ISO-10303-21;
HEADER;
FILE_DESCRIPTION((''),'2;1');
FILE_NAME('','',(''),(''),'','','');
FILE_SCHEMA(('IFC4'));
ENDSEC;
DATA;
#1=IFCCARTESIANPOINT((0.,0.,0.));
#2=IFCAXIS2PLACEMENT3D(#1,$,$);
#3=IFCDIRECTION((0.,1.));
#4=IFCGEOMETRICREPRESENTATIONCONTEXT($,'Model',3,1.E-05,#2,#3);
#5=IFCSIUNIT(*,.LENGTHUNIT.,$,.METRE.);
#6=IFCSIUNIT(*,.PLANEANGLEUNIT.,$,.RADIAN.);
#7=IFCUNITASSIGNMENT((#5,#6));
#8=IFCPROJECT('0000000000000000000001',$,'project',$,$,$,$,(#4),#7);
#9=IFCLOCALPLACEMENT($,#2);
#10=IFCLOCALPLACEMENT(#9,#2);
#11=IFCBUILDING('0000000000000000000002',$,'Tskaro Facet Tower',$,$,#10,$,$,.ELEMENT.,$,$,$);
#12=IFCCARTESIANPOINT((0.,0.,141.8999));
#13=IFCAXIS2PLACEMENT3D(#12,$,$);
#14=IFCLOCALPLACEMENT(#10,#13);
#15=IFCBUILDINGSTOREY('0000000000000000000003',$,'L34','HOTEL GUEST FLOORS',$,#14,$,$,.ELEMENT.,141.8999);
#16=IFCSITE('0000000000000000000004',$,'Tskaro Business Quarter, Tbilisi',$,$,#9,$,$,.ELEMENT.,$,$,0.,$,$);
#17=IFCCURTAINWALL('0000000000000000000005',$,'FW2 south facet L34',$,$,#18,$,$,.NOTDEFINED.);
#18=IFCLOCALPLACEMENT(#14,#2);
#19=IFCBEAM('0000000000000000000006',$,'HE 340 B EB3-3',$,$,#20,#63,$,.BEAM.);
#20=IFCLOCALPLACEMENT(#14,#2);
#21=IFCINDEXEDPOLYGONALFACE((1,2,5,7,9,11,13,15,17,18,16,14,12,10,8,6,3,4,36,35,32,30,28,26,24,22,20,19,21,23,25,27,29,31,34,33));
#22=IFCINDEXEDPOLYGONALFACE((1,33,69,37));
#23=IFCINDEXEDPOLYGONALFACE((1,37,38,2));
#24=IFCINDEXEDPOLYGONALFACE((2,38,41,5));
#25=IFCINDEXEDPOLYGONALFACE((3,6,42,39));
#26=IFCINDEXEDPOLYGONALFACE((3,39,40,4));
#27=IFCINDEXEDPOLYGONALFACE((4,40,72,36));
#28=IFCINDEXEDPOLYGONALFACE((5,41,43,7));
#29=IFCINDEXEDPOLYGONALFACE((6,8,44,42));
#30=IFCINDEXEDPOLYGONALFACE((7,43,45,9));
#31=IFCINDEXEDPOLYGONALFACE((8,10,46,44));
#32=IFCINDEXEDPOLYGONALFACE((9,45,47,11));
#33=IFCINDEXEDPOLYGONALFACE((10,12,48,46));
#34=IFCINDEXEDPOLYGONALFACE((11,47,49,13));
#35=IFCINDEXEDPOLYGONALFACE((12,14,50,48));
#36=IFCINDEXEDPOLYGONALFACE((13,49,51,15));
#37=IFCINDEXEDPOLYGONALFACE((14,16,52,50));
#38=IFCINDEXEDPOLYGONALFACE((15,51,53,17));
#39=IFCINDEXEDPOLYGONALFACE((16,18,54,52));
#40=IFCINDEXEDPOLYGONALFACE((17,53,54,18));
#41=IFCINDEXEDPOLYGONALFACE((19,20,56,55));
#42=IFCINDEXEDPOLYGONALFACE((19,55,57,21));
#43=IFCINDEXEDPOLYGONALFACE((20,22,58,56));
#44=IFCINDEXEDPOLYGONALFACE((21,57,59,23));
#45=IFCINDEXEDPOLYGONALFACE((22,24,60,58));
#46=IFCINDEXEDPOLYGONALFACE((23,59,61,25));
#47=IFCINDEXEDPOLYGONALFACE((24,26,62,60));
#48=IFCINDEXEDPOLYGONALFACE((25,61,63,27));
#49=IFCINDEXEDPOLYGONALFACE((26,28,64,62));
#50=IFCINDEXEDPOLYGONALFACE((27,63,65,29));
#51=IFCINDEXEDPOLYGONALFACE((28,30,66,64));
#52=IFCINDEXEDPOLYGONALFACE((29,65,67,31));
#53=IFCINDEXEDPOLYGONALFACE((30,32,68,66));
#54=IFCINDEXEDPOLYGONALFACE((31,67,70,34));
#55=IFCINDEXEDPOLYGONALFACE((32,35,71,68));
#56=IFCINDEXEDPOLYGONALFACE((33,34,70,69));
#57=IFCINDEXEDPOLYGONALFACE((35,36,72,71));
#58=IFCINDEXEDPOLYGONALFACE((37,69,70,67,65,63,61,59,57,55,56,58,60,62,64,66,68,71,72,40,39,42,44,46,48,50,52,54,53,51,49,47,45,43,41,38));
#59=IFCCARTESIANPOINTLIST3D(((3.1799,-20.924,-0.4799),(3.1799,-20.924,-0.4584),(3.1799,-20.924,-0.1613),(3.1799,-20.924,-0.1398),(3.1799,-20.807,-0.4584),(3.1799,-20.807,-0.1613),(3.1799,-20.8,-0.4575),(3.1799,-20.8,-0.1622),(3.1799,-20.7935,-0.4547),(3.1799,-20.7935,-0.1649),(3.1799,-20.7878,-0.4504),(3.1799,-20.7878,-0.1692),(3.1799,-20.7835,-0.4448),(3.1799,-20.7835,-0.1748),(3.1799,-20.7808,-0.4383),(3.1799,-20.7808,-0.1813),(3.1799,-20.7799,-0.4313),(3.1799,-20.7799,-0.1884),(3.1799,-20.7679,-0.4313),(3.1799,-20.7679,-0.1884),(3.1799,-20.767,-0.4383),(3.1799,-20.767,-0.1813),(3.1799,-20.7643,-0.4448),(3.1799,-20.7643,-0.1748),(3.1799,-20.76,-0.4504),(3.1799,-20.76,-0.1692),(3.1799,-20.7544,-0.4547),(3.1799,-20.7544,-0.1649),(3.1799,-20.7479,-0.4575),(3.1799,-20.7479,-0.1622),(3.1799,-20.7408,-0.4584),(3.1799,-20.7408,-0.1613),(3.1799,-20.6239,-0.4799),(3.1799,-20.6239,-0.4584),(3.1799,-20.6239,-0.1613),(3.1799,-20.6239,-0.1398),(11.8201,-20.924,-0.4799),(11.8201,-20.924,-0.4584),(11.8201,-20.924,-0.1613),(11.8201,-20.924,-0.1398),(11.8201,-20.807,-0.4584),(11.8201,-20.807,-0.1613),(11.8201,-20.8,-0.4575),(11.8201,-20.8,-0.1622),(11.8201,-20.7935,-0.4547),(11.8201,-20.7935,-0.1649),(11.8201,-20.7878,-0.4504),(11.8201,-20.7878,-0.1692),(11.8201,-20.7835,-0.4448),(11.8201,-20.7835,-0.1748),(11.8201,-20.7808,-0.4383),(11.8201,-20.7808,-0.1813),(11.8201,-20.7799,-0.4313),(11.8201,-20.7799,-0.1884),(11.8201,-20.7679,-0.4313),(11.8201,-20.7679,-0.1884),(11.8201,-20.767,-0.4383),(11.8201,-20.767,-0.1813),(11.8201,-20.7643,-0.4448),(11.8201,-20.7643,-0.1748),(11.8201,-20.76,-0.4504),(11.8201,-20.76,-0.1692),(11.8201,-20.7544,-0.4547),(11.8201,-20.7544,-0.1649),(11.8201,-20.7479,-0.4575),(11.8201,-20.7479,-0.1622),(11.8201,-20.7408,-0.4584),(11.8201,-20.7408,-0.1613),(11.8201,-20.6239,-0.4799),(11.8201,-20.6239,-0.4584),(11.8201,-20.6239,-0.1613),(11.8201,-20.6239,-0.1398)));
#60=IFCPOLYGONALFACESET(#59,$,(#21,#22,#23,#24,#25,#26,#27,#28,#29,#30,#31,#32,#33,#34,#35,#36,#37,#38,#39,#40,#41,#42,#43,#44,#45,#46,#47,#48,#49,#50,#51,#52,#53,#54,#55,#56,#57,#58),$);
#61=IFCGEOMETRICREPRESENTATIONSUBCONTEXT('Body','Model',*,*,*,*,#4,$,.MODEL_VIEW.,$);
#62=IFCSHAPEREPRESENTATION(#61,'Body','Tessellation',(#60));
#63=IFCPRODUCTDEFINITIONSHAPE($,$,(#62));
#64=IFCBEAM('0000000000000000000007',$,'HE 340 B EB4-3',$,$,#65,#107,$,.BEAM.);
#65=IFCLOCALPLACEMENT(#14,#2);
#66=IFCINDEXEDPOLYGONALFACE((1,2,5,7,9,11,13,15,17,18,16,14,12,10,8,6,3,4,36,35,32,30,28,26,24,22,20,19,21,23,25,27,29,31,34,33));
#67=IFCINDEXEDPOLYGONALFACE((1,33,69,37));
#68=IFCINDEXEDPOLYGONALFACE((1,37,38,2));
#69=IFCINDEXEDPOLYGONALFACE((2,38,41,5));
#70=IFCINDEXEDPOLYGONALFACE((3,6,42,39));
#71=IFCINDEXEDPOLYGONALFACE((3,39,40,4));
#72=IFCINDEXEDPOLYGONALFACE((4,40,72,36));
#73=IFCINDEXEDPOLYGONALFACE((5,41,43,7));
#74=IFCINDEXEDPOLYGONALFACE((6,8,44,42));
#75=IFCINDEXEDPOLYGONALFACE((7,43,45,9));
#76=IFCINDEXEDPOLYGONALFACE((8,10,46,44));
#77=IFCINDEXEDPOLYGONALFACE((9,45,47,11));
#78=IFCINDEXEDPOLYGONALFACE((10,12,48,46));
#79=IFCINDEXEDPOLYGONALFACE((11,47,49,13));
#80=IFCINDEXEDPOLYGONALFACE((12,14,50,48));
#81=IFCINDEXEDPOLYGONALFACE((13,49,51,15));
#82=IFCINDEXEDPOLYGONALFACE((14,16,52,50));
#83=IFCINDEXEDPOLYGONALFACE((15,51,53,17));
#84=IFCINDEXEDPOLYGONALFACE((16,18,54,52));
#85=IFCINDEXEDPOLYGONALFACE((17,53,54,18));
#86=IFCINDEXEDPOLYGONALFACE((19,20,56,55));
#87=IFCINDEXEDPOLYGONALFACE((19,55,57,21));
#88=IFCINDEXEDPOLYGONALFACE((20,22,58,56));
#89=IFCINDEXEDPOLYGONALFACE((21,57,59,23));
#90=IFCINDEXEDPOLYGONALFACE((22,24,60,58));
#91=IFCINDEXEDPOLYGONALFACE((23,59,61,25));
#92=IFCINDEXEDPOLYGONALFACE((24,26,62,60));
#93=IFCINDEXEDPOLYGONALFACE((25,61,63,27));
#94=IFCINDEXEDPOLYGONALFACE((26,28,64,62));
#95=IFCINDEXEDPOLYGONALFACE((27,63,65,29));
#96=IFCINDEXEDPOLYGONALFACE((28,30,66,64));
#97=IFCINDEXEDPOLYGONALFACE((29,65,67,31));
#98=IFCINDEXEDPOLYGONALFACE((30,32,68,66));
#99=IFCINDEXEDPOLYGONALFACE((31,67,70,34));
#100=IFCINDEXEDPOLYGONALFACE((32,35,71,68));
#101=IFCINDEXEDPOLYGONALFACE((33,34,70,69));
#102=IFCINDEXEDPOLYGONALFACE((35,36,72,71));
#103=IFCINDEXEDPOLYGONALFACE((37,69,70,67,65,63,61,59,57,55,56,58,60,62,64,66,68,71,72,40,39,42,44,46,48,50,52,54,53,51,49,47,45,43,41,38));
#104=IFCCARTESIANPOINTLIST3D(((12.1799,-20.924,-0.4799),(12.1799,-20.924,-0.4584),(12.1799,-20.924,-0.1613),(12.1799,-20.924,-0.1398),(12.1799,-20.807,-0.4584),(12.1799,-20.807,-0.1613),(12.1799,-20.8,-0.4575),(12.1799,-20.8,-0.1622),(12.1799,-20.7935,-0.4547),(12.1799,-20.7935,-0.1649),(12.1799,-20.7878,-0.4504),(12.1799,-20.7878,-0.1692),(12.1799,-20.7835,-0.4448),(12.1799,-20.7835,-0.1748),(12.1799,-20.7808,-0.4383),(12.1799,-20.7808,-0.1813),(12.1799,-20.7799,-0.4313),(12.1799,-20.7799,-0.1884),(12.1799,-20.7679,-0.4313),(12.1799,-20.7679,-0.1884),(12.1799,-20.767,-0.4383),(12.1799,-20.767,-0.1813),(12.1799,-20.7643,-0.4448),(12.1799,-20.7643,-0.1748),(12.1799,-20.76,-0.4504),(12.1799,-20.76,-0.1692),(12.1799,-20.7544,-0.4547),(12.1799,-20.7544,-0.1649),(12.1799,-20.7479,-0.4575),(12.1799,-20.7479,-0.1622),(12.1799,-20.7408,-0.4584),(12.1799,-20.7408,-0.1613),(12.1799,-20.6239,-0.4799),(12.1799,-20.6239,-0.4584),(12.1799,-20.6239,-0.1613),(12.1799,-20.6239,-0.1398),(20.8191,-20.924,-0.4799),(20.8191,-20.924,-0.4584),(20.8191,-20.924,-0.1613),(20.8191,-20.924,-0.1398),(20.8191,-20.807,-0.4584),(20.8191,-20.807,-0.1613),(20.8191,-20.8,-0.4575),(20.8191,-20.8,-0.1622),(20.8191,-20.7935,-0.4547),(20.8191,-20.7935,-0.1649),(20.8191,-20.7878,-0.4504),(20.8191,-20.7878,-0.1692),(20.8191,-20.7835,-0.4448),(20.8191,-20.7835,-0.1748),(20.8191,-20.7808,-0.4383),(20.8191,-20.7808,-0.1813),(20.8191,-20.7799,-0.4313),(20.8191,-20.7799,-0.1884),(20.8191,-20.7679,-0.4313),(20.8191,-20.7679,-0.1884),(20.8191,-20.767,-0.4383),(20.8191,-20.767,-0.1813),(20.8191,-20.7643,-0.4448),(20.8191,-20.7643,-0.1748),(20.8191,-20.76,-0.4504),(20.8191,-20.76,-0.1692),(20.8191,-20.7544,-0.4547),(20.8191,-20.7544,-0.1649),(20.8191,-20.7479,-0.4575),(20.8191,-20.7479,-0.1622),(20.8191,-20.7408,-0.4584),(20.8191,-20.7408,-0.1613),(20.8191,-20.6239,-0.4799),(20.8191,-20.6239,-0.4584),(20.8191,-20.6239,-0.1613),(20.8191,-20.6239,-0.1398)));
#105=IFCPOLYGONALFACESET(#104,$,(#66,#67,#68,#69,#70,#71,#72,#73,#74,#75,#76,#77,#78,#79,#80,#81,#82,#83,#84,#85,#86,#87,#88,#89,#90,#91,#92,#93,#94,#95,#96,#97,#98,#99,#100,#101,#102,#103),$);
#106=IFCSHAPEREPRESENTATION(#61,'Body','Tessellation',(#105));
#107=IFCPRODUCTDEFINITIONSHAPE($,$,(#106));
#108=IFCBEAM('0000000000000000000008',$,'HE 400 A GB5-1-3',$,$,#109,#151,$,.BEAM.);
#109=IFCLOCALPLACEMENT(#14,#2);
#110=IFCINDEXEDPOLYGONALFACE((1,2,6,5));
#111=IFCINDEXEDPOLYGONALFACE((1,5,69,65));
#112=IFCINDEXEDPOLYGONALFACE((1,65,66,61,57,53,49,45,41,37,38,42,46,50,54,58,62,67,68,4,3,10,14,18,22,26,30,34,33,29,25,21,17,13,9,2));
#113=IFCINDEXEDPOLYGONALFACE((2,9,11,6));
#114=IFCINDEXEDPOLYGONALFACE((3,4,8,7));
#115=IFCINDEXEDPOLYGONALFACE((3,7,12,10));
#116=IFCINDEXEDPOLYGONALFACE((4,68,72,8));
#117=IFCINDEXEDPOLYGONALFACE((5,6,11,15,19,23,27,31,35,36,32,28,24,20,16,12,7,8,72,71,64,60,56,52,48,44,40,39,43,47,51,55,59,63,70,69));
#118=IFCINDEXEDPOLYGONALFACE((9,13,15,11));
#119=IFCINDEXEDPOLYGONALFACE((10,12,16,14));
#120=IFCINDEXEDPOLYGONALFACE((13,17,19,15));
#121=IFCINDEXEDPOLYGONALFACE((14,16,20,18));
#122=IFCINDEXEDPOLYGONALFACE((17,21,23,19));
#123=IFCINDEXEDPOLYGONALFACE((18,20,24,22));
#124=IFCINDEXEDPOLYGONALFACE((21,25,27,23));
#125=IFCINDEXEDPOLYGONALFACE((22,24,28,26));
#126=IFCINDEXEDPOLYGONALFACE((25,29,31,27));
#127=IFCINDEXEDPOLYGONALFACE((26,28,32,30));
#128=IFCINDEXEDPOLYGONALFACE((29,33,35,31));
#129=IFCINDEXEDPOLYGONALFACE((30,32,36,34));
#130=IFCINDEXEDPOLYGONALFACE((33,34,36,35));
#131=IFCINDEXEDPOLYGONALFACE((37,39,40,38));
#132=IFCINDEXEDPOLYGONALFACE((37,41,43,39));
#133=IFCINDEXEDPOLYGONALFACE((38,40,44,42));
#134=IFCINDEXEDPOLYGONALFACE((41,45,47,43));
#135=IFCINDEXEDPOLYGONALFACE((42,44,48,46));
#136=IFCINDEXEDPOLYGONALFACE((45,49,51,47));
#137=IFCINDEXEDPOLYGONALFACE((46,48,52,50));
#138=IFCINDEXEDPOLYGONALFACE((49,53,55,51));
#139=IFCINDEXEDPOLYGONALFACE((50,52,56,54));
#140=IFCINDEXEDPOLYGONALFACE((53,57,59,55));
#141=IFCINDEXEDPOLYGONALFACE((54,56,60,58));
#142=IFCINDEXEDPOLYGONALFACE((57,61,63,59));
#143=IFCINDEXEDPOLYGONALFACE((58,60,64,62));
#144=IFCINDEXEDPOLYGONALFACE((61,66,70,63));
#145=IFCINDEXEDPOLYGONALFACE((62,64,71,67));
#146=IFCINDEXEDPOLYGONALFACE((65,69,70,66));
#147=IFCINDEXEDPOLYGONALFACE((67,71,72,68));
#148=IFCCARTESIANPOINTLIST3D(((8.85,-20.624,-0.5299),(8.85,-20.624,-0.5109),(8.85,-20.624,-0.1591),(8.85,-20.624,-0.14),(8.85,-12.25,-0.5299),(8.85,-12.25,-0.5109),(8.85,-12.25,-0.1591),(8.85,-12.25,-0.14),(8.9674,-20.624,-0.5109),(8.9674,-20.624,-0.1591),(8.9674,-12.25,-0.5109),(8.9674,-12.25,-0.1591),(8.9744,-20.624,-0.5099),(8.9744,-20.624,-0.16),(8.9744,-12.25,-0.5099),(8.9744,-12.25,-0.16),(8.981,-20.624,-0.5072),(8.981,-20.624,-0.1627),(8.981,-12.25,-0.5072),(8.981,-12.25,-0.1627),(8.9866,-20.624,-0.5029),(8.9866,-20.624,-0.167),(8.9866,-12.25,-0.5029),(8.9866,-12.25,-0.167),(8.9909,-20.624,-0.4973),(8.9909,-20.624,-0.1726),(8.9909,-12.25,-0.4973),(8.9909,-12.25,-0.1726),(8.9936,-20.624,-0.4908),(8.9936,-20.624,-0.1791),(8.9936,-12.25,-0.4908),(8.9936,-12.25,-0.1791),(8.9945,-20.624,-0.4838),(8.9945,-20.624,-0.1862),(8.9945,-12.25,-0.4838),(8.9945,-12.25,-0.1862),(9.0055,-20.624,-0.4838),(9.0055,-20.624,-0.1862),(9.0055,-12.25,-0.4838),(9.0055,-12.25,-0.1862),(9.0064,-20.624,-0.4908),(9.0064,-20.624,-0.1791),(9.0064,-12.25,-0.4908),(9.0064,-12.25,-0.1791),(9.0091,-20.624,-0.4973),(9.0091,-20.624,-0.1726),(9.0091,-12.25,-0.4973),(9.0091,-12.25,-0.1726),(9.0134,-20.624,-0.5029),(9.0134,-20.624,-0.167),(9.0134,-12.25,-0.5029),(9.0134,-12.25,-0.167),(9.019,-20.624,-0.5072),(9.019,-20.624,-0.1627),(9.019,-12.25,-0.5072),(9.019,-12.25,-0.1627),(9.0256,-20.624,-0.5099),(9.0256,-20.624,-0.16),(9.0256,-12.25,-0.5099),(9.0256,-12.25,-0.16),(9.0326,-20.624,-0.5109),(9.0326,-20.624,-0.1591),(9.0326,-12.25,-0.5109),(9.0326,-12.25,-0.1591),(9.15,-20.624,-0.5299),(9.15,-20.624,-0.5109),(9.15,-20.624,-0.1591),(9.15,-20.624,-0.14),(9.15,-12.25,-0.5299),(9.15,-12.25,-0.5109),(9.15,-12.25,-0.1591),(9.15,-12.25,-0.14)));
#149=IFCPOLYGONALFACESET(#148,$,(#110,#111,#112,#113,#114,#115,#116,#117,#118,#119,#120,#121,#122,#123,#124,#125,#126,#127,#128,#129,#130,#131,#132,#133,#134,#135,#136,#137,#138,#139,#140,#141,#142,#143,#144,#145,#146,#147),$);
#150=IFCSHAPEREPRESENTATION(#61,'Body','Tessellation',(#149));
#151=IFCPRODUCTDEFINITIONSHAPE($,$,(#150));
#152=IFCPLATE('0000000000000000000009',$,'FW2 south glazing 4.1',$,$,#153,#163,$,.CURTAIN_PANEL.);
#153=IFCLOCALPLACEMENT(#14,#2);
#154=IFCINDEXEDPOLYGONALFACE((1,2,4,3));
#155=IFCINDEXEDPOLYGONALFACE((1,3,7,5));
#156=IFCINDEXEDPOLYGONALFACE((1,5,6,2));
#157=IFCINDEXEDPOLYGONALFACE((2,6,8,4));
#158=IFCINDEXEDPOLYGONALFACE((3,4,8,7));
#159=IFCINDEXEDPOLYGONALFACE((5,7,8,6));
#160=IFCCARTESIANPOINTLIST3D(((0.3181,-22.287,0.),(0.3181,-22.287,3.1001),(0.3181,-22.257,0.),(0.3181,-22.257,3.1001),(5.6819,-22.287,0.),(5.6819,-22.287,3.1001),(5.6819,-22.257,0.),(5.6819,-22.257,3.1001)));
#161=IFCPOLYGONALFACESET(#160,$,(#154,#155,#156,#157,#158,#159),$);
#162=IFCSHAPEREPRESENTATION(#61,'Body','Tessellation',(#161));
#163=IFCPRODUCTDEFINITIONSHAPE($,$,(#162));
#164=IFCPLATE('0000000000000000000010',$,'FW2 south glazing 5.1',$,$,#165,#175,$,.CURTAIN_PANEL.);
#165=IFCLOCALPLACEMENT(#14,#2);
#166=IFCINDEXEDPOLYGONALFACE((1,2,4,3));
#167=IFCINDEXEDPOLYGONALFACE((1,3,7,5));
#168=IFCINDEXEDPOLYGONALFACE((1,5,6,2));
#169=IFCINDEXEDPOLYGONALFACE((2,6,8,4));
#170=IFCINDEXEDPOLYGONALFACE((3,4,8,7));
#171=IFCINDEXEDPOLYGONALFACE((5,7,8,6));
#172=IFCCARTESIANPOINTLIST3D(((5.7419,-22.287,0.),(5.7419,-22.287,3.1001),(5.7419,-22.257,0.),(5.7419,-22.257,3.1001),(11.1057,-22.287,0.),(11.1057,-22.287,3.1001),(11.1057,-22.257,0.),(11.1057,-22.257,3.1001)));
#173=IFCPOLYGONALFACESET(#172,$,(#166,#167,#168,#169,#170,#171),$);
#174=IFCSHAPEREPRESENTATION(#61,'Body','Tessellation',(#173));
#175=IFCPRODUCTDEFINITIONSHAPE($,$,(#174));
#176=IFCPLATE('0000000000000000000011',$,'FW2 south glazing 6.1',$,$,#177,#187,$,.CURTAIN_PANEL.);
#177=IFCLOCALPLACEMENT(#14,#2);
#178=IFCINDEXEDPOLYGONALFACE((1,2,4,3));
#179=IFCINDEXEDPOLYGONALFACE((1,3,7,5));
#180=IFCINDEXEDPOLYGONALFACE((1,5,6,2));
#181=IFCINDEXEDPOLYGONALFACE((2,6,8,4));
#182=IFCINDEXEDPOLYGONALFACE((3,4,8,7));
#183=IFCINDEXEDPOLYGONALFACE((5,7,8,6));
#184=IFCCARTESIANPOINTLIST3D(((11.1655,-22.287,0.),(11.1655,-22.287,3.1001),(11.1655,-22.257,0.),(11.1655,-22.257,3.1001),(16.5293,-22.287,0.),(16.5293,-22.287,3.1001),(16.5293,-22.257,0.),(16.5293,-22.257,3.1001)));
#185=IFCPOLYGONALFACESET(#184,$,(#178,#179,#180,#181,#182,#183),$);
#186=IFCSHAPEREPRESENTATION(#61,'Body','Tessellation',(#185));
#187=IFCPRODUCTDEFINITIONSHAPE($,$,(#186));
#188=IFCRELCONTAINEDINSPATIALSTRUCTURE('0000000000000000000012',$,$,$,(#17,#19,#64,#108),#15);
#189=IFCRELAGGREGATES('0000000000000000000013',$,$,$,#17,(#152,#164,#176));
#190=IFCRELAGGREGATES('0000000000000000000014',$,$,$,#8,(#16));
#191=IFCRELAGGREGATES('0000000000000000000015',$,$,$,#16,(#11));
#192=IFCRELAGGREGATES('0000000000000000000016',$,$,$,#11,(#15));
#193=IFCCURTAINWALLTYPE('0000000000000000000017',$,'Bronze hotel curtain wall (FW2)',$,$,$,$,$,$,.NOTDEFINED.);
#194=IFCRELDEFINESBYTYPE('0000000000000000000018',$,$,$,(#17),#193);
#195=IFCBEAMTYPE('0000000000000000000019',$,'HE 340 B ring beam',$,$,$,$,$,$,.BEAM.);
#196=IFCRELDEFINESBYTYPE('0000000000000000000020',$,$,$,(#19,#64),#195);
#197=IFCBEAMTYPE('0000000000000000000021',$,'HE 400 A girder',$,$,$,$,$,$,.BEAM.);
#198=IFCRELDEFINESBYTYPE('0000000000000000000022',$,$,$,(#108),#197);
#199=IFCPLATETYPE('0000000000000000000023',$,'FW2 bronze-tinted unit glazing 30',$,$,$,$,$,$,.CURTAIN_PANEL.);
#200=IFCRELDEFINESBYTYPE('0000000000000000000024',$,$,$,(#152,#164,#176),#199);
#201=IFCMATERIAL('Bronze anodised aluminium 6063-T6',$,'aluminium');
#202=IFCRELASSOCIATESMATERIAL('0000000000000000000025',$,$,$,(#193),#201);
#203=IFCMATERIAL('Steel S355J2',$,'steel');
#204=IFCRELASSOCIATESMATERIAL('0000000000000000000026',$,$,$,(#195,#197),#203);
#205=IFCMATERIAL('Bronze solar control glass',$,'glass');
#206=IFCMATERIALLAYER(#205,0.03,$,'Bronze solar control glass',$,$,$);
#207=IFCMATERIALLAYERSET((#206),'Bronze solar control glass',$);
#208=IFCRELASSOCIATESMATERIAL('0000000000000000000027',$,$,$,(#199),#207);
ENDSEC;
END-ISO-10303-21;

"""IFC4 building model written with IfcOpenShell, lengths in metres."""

from ifc_helpers import new_model, si_unit, direction, frame, origin, origin_2d, place, context, subcontext, project, spatial, rectangle, i_section, extrude, material, layer, layer_set, material_profile, profile_set, type_object, element, aggregate, save


model = new_model("IFC4")

# Units and contexts
model_context = context("Model", 3, precision=1e-05, world=origin(), true_north=direction((0.0, 1.0)))
body_context = subcontext(model_context, "Body", "Model", "MODEL_VIEW")
ifc_project = project(units=[si_unit("LENGTHUNIT", "METRE"), si_unit("PLANEANGLEUNIT", "RADIAN")], contexts=[model_context])

# Site, building, storey
site_placement = place(None, origin())
site = spatial("IfcSite", under=ifc_project, at=site_placement, Name="Tskaro Business Quarter, Tbilisi", CompositionType="ELEMENT", RefElevation=0.0)
building_placement = place(site_placement, origin())
building = spatial("IfcBuilding", under=site, at=building_placement, Name="Tskaro Facet Tower", CompositionType="ELEMENT")
storey_placement = place(building_placement, frame((0.0, 0.0, 141.8999)))
storey = spatial("IfcBuildingStorey", under=building, at=storey_placement, Name="L34", Description="HOTEL GUEST FLOORS", CompositionType="ELEMENT", Elevation=141.8999)

# Curtain wall
ifc_material_1 = material(Name="Bronze anodised aluminium 6063-T6", Category="aluminium")
curtain_wall_type = type_object("IfcCurtainWallType", Name="Bronze hotel curtain wall (FW2)", PredefinedType="NOTDEFINED", material=ifc_material_1)
curtain_wall_placement = place(storey_placement, origin())
curtain_wall = element("IfcCurtainWall", 1, at=curtain_wall_placement, inside=storey, type_object=curtain_wall_type, Name="FW2 south facet L34", PredefinedType="NOTDEFINED")

# Beams
ifc_material_2 = material(Name="Steel S355J2", Category="steel")
ifc_material_profile_1 = material_profile(ifc_material_2, i_section(OverallWidth=0.3, OverallDepth=0.3401, WebThickness=0.012, FlangeThickness=0.0215, FilletRadius=0.0271, at=origin_2d()), Name="HE 340 B")
ifc_profile_set_1 = profile_set([ifc_material_profile_1], Name="Steel S355J2")
beam_type_1 = type_object("IfcBeamType", Name="HE 340 B ring beam", PredefinedType="BEAM", material=ifc_profile_set_1)
beam_1_placement = place(storey_placement, frame((3.1799, -20.7739, -0.3098), z_axis=(1.0, 0.0, 0.0), x_axis=(0.0, 1.0, 0.0)))
element("IfcBeam", 2, at=beam_1_placement, inside=storey, type_object=beam_type_1, Name="HE 340 B EB3-3", PredefinedType="BEAM", context=body_context, shape_type="SweptSolid", body=[
    extrude(i_section(OverallWidth=0.3, OverallDepth=0.3401, WebThickness=0.012, FlangeThickness=0.0215, FilletRadius=0.0271, at=origin_2d()), origin(), (0.0, 0.0, 1.0), 8.6401),
])
beam_2_placement = place(storey_placement, frame((12.1799, -20.7739, -0.3098), z_axis=(1.0, 0.0, 0.0), x_axis=(0.0, 1.0, 0.0)))
element("IfcBeam", 3, at=beam_2_placement, inside=storey, type_object=beam_type_1, Name="HE 340 B EB4-3", PredefinedType="BEAM", context=body_context, shape_type="SweptSolid", body=[
    extrude(i_section(OverallWidth=0.3, OverallDepth=0.3401, WebThickness=0.012, FlangeThickness=0.0215, FilletRadius=0.0271, at=origin_2d()), origin(), (0.0, 0.0, 1.0), 8.6392),
])
ifc_material_profile_2 = material_profile(ifc_material_2, i_section(OverallWidth=0.3, OverallDepth=0.3899, WebThickness=0.011, FlangeThickness=0.019, FilletRadius=0.0271, at=origin_2d()), Name="HE 400 A")
ifc_profile_set_2 = profile_set([ifc_material_profile_2], Name="Steel S355J2")
beam_type_2 = type_object("IfcBeamType", Name="HE 400 A girder", PredefinedType="BEAM", material=ifc_profile_set_2)
beam_3_placement = place(storey_placement, frame((9.0, -20.624, -0.335), z_axis=(0.0, 1.0, 0.0), x_axis=(-1.0, 0.0, 0.0)))
element("IfcBeam", 4, at=beam_3_placement, inside=storey, type_object=beam_type_2, Name="HE 400 A GB5-1-3", PredefinedType="BEAM", context=body_context, shape_type="SweptSolid", body=[
    extrude(i_section(OverallWidth=0.3, OverallDepth=0.3899, WebThickness=0.011, FlangeThickness=0.019, FilletRadius=0.0271, at=origin_2d()), origin(), (0.0, 0.0, 1.0), 8.374),
])

# Plates
ifc_material_3 = material(Name="Bronze solar control glass", Category="glass")
ifc_layer_1 = layer(ifc_material_3, 0.03, Name="Bronze solar control glass")
ifc_layer_set_1 = layer_set([ifc_layer_1], Name="Bronze solar control glass")
plate_type = type_object("IfcPlateType", Name="FW2 bronze-tinted unit glazing 30", PredefinedType="CURTAIN_PANEL", material=ifc_layer_set_1)
plate_1_placement = place(storey_placement, frame((3.0, -22.272, 0.0), z_axis=(0.0, 0.0, 1.0), x_axis=(1.0, 0.0, 0.0)))
plate_1 = element("IfcPlate", 5, at=plate_1_placement, type_object=plate_type, Name="FW2 south glazing 4.1", PredefinedType="CURTAIN_PANEL", context=body_context, shape_type="SweptSolid", body=[
    extrude(rectangle(XDim=5.3638, YDim=0.03, at=origin_2d()), origin(), (0.0, 0.0, 1.0), 3.1001),
])
plate_2_placement = place(storey_placement, frame((8.4238, -22.272, 0.0), z_axis=(0.0, 0.0, 1.0), x_axis=(1.0, 0.0, 0.0)))
plate_2 = element("IfcPlate", 6, at=plate_2_placement, type_object=plate_type, Name="FW2 south glazing 5.1", PredefinedType="CURTAIN_PANEL", context=body_context, shape_type="SweptSolid", body=[
    extrude(rectangle(XDim=5.3638, YDim=0.03, at=origin_2d()), origin(), (0.0, 0.0, 1.0), 3.1001),
])
plate_3_placement = place(storey_placement, frame((13.8474, -22.272, 0.0), z_axis=(0.0, 0.0, 1.0), x_axis=(1.0, 0.0, 0.0)))
plate_3 = element("IfcPlate", 7, at=plate_3_placement, type_object=plate_type, Name="FW2 south glazing 6.1", PredefinedType="CURTAIN_PANEL", context=body_context, shape_type="SweptSolid", body=[
    extrude(rectangle(XDim=5.3638, YDim=0.03, at=origin_2d()), origin(), (0.0, 0.0, 1.0), 3.1001),
])
aggregate(curtain_wall, [plate_1, plate_2, plate_3])

save(model, "model.ifc")
